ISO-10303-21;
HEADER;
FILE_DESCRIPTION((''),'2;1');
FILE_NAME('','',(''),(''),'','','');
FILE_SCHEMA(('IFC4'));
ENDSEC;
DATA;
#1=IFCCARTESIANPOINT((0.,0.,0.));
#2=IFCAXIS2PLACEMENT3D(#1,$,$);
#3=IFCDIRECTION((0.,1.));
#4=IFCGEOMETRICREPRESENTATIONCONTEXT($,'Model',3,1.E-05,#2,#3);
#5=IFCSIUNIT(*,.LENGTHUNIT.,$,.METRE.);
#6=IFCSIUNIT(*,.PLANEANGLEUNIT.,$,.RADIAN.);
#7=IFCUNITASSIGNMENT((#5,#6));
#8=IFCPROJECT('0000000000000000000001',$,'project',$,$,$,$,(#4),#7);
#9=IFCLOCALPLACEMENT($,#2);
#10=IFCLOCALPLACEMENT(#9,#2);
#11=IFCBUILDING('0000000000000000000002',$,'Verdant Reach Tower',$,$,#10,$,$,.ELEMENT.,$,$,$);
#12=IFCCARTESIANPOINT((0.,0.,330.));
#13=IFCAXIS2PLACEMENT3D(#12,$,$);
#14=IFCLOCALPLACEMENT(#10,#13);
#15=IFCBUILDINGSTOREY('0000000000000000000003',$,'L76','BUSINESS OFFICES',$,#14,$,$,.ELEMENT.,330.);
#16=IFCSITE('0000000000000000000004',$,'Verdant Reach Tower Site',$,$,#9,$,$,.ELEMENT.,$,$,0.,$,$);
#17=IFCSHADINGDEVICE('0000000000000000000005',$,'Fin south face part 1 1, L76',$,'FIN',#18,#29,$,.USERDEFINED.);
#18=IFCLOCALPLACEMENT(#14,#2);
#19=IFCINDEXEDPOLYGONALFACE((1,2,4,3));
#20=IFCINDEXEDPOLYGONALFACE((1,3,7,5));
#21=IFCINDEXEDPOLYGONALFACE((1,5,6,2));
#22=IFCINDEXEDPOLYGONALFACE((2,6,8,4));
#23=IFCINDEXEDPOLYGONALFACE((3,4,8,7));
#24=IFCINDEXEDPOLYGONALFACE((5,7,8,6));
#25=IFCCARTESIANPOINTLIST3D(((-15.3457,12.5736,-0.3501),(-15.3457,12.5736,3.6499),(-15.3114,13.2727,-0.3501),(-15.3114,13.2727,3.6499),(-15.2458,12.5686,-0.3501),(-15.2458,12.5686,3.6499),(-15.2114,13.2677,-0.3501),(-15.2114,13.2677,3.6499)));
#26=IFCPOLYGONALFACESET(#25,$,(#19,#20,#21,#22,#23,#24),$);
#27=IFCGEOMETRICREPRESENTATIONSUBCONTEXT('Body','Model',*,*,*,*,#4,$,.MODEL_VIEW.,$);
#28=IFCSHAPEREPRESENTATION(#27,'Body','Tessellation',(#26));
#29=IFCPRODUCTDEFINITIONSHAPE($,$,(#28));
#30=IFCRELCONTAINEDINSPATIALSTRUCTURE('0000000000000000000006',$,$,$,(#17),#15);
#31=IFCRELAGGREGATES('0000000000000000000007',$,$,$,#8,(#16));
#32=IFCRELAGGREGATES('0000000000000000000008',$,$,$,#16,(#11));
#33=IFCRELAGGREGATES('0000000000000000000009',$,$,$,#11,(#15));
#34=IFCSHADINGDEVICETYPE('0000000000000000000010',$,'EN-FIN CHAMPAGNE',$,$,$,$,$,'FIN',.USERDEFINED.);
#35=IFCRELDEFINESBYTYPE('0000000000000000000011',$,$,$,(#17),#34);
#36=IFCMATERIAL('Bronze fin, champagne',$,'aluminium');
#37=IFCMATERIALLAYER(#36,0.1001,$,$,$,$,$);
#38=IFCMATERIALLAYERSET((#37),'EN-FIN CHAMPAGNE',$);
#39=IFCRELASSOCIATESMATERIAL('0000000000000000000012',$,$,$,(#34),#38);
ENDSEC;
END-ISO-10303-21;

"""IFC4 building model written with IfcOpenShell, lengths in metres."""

from ifc_helpers import new_model, si_unit, direction, frame, origin, origin_2d, place, context, subcontext, project, spatial, rectangle, extrude, material, layer, layer_set, type_object, element, save


model = new_model("IFC4")

# Units and contexts
model_context = context("Model", 3, precision=1e-05, world=origin(), true_north=direction((0.0, 1.0)))
body_context = subcontext(model_context, "Body", "Model", "MODEL_VIEW")
ifc_project = project(units=[si_unit("LENGTHUNIT", "METRE"), si_unit("PLANEANGLEUNIT", "RADIAN")], contexts=[model_context])

# Site, building, storey
site_placement = place(None, origin())
site = spatial("IfcSite", under=ifc_project, at=site_placement, Name="Verdant Reach Tower Site", CompositionType="ELEMENT", RefElevation=0.0)
building_placement = place(site_placement, origin())
building = spatial("IfcBuilding", under=site, at=building_placement, Name="Verdant Reach Tower", CompositionType="ELEMENT")
storey_placement = place(building_placement, frame((0.0, 0.0, 330.0)))
storey = spatial("IfcBuildingStorey", under=building, at=storey_placement, Name="L76", Description="BUSINESS OFFICES", CompositionType="ELEMENT", Elevation=330.0)

# Shading device
ifc_material_1 = material(Name="Bronze fin, champagne", Category="aluminium")
ifc_layer_1 = layer(ifc_material_1, 0.1001)
ifc_layer_set_1 = layer_set([ifc_layer_1], Name="EN-FIN CHAMPAGNE")
shading_device_type = type_object("IfcShadingDeviceType", Name="EN-FIN CHAMPAGNE", ElementType="FIN", PredefinedType="USERDEFINED", material=ifc_layer_set_1)
for number, where, z_axis, x_axis, name in (
    (1, (-15.2786, 12.9207, -0.3501), (0.0, 0.0, 1.0), (0.998793, -0.049128, 0.0), "Fin south face part 1 1, L76"),
):
    element("IfcShadingDevice", number, at=place(storey_placement, frame(where, z_axis=z_axis, x_axis=x_axis)), inside=storey, type_object=shading_device_type, Name=name, ObjectType="FIN", PredefinedType="USERDEFINED", context=body_context, shape_type="SweptSolid", body=[
        extrude(rectangle(XDim=0.1001, YDim=0.7, at=origin_2d()), origin(), (0.0, 0.0, 1.0), 4.0),
    ])

save(model, "model.ifc")
